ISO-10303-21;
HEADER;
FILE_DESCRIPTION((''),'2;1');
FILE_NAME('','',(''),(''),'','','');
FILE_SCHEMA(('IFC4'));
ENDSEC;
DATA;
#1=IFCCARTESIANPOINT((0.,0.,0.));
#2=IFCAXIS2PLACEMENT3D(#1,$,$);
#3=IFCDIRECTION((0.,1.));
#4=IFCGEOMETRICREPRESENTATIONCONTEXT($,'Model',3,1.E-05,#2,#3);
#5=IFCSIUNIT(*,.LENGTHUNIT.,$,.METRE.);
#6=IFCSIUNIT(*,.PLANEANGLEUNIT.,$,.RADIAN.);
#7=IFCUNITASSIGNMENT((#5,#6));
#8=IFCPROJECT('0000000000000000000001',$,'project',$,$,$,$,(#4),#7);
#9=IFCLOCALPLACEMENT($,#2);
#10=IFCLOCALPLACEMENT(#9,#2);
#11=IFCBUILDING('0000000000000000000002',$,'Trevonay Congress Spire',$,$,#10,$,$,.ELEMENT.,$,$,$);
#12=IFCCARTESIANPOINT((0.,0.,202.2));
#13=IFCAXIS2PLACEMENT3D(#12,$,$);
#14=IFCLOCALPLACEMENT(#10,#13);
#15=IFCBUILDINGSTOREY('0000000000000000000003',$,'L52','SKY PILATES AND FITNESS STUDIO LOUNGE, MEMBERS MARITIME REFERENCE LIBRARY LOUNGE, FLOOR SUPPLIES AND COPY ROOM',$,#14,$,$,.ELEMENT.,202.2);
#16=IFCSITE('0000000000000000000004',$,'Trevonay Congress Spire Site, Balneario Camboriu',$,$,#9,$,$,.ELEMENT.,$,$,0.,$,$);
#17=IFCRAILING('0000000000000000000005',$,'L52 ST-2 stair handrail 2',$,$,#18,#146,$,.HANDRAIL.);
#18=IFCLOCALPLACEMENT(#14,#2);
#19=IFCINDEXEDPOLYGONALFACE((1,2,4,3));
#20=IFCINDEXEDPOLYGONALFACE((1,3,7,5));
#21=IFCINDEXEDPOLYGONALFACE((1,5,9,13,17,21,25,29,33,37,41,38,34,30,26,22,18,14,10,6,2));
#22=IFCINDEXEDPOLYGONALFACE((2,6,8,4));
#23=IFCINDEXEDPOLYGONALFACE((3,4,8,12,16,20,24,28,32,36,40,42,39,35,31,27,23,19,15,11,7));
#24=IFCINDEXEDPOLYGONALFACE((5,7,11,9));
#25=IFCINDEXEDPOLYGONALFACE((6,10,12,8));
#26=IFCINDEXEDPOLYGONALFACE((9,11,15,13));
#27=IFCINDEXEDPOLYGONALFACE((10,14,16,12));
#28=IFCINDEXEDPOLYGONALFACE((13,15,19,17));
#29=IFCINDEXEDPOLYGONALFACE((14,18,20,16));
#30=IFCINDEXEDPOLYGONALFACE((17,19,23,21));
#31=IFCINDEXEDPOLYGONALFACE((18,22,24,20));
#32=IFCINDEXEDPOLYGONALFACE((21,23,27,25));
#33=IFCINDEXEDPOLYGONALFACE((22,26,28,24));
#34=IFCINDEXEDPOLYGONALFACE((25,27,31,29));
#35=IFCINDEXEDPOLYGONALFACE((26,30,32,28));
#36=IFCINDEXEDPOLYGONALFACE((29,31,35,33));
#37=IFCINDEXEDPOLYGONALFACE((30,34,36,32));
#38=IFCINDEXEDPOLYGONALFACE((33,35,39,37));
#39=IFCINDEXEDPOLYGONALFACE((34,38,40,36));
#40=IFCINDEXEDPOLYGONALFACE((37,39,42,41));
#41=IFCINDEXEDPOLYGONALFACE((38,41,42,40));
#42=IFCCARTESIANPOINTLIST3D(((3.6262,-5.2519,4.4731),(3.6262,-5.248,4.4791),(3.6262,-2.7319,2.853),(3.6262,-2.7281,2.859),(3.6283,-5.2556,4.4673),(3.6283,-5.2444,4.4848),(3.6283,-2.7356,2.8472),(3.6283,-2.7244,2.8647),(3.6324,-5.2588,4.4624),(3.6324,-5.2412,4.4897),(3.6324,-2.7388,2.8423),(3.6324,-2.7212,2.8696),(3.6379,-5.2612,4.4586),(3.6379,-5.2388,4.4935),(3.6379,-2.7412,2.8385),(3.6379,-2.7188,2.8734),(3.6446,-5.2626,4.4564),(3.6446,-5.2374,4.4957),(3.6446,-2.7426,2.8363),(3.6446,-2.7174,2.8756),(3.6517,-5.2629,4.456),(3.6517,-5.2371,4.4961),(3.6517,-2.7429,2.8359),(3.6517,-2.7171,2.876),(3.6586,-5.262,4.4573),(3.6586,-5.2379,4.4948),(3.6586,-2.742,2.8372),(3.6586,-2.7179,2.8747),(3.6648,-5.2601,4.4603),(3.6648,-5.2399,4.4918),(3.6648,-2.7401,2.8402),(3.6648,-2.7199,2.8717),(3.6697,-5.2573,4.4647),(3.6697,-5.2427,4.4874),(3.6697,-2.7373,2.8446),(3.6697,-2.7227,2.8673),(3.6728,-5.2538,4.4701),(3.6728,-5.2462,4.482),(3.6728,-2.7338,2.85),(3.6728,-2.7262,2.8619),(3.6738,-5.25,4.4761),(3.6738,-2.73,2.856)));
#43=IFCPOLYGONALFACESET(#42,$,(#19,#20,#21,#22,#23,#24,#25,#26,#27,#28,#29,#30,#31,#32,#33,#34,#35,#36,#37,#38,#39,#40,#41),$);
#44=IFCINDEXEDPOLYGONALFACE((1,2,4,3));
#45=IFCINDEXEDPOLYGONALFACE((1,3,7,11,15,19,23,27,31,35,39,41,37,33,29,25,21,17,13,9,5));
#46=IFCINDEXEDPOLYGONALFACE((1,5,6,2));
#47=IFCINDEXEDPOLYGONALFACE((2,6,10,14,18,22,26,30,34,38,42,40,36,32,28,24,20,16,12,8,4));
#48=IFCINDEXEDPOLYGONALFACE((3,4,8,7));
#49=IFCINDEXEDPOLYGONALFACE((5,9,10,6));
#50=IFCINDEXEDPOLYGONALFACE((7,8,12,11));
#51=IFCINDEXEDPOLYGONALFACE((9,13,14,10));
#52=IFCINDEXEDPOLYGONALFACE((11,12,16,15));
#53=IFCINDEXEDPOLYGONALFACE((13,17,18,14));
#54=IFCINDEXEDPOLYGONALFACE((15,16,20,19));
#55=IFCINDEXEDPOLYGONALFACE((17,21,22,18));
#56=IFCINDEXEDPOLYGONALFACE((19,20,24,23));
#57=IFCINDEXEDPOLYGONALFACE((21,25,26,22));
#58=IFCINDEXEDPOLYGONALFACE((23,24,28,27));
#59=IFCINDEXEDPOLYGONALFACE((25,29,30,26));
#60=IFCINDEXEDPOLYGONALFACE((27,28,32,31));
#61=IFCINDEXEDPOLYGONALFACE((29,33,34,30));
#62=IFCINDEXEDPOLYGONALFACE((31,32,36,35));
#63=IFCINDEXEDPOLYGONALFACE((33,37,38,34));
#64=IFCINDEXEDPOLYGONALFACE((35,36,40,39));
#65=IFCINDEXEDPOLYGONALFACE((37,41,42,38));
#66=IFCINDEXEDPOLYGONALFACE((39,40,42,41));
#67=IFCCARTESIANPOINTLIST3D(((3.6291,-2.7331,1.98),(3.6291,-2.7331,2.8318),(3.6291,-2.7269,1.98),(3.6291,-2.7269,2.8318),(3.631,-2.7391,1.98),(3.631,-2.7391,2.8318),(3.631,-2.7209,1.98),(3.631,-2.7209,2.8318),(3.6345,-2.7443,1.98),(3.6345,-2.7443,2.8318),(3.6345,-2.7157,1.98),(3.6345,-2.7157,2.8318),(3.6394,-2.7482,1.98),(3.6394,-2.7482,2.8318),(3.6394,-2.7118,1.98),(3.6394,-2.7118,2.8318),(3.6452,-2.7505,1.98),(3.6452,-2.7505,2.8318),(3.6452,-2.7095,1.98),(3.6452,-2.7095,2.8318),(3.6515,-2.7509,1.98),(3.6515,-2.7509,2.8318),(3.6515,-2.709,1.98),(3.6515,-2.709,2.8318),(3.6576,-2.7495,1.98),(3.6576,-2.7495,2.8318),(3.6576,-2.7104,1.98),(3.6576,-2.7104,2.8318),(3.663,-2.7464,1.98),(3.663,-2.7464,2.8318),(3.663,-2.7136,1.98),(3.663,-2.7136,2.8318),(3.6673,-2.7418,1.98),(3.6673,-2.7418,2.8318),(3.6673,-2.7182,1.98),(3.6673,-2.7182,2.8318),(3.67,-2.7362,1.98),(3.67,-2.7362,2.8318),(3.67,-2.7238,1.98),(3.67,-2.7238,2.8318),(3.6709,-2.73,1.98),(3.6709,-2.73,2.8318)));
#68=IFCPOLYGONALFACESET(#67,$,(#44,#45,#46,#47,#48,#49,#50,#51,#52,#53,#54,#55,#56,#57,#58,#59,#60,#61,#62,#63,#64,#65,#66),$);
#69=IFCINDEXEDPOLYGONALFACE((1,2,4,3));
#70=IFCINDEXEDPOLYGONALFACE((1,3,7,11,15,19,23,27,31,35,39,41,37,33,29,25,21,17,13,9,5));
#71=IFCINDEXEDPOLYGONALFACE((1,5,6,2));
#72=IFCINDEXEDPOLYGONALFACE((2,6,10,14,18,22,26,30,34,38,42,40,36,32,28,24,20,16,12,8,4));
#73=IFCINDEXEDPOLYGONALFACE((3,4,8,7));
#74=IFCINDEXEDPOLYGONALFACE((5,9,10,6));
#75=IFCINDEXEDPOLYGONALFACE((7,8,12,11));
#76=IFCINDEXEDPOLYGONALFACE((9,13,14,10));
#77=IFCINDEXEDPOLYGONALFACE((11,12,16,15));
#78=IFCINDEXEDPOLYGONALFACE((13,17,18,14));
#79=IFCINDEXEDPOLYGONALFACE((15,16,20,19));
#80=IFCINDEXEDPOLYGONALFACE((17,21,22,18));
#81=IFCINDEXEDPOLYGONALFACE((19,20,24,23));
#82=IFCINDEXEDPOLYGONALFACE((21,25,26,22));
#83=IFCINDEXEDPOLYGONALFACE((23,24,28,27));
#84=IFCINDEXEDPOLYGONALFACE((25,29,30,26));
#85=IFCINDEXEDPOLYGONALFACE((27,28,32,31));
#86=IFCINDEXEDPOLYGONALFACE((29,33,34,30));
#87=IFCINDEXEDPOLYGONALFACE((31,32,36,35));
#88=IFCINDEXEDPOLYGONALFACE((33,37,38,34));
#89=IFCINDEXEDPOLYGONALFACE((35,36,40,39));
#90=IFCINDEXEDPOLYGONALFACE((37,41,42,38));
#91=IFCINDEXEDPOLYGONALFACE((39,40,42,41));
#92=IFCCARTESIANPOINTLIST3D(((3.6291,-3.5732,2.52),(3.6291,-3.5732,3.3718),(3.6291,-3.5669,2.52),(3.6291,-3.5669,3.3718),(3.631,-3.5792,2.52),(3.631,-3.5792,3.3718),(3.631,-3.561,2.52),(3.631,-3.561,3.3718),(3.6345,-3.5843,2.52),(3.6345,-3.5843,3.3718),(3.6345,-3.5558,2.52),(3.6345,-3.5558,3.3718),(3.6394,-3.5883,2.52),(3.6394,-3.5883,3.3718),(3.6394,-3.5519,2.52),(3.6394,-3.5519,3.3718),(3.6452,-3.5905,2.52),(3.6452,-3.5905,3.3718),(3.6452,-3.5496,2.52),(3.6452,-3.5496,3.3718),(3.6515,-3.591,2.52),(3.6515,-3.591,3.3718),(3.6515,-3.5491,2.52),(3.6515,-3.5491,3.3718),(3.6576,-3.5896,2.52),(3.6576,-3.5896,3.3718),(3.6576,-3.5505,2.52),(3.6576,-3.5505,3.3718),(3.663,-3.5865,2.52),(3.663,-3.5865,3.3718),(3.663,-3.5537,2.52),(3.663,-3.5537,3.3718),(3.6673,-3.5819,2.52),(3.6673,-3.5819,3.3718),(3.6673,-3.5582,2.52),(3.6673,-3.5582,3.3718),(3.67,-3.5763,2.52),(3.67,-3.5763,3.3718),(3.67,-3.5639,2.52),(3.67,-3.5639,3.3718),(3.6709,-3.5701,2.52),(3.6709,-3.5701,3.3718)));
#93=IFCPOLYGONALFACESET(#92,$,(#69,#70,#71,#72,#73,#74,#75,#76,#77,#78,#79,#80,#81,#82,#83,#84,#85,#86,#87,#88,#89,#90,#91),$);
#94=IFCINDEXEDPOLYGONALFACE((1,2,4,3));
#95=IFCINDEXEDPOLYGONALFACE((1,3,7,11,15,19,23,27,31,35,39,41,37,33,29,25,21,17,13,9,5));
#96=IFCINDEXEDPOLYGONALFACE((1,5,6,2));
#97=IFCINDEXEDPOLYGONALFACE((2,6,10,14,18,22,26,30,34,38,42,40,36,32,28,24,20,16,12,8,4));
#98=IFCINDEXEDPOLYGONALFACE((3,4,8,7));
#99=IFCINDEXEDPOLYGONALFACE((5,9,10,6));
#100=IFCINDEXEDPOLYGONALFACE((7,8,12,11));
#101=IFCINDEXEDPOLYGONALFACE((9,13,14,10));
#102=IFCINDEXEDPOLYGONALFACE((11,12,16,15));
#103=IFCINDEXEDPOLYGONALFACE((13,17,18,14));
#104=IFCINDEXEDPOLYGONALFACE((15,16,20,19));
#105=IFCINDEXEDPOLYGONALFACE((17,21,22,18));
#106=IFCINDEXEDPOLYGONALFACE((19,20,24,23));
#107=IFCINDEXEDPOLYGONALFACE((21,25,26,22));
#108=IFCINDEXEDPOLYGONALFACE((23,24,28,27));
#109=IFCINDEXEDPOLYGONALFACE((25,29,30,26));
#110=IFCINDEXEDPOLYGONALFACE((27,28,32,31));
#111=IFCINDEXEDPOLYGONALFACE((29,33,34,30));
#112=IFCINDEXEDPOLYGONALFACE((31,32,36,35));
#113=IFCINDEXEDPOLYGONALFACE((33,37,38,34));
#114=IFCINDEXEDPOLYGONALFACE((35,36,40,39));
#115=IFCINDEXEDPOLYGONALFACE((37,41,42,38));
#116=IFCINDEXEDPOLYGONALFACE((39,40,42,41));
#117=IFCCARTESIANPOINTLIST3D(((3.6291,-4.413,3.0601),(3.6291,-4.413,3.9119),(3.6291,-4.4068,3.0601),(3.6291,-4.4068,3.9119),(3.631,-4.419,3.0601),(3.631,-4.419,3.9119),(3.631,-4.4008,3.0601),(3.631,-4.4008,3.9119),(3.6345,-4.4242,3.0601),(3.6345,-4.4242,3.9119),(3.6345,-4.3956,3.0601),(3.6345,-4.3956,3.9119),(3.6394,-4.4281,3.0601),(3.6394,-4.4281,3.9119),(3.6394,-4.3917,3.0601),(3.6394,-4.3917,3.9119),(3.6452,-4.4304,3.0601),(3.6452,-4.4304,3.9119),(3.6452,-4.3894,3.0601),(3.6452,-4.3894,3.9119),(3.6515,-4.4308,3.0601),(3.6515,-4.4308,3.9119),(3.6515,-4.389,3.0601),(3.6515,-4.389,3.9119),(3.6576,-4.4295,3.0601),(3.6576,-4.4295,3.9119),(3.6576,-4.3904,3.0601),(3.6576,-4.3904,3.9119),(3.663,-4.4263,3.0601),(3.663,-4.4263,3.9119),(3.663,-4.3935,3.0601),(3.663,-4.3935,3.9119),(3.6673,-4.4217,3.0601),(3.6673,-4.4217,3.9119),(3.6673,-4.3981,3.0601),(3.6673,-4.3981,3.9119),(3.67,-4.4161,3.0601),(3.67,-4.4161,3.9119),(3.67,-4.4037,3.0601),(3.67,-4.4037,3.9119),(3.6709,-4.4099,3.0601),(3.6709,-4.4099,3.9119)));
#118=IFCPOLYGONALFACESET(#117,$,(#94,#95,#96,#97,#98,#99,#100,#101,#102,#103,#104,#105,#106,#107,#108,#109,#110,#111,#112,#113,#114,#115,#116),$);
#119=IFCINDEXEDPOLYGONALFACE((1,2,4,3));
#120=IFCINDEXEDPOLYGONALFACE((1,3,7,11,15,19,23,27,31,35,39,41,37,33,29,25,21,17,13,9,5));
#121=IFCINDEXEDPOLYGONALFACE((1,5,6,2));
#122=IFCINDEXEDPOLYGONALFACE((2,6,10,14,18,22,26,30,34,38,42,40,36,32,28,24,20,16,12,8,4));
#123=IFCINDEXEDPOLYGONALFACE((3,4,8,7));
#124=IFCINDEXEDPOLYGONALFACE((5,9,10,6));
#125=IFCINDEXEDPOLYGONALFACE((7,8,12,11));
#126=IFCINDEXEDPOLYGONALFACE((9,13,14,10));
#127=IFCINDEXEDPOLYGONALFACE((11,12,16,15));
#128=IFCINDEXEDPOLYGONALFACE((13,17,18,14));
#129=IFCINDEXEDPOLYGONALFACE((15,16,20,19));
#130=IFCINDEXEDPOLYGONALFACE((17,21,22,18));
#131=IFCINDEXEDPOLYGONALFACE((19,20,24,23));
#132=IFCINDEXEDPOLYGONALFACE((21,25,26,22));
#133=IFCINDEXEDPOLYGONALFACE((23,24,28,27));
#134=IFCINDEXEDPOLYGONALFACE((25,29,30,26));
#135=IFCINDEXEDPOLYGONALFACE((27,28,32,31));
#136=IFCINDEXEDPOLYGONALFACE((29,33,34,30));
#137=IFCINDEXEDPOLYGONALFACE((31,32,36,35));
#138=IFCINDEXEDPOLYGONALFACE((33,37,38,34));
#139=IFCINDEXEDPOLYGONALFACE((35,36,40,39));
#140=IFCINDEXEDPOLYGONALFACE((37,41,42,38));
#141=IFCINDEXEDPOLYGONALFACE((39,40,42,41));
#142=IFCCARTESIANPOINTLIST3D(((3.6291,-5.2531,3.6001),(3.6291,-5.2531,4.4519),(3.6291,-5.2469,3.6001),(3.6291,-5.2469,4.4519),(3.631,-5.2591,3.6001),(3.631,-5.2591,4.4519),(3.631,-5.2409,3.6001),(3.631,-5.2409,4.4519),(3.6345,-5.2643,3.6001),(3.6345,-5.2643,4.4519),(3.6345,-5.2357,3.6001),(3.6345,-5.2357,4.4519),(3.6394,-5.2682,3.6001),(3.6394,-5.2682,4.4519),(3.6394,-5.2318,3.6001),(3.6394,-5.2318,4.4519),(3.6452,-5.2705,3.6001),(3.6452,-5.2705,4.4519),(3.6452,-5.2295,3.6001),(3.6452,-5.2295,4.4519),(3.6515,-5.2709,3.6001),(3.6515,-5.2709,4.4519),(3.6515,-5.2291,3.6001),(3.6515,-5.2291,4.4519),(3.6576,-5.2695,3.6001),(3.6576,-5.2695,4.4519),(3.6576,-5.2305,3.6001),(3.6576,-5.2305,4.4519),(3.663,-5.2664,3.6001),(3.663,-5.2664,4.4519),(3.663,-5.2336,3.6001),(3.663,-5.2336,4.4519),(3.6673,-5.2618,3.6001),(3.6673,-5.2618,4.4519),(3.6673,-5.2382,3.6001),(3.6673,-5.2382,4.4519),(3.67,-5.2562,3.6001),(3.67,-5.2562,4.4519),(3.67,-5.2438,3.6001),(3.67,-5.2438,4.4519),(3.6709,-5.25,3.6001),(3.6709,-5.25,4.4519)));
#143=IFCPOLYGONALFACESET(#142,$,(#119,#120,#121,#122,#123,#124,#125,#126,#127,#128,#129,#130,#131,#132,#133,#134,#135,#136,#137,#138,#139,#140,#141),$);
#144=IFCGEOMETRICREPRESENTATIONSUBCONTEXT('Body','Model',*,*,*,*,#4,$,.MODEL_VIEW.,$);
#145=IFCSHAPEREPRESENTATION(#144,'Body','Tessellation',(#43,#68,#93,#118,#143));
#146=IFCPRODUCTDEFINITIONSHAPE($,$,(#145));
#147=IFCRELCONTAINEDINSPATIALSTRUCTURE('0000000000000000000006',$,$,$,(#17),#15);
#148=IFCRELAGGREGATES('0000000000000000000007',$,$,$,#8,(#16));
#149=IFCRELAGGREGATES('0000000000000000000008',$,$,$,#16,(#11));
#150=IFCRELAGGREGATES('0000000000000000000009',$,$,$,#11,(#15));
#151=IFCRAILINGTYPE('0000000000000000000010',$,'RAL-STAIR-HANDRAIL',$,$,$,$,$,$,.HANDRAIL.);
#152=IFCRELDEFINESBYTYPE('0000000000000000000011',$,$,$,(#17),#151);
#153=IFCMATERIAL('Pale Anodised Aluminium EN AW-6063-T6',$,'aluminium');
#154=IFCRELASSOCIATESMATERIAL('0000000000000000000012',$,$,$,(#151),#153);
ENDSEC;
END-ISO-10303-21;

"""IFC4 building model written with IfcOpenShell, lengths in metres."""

from ifc_helpers import new_model, si_unit, direction, frame, origin, origin_2d, place, context, subcontext, project, spatial, circle, extrude, material, type_object, element, save


model = new_model("IFC4")

# Units and contexts
model_context = context("Model", 3, precision=1e-05, world=origin(), true_north=direction((0.0, 1.0)))
body_context = subcontext(model_context, "Body", "Model", "MODEL_VIEW")
ifc_project = project(units=[si_unit("LENGTHUNIT", "METRE"), si_unit("PLANEANGLEUNIT", "RADIAN")], contexts=[model_context])

# Site, building, storey
site_placement = place(None, origin())
site = spatial("IfcSite", under=ifc_project, at=site_placement, Name="Trevonay Congress Spire Site, Balneario Camboriu", CompositionType="ELEMENT", RefElevation=0.0)
building_placement = place(site_placement, origin())
building = spatial("IfcBuilding", under=site, at=building_placement, Name="Trevonay Congress Spire", CompositionType="ELEMENT")
storey_placement = place(building_placement, frame((0.0, 0.0, 202.2)))
storey = spatial("IfcBuildingStorey", under=building, at=storey_placement, Name="L52", Description="SKY PILATES AND FITNESS STUDIO LOUNGE, MEMBERS MARITIME REFERENCE LIBRARY LOUNGE, FLOOR SUPPLIES AND COPY ROOM", CompositionType="ELEMENT", Elevation=202.2)

# Shared definitions
ifc_material_1 = material(Name="Pale Anodised Aluminium EN AW-6063-T6", Category="aluminium")

# Railing
railing_type_1 = type_object("IfcRailingType", Name="RAL-STAIR-HANDRAIL", PredefinedType="HANDRAIL", material=ifc_material_1)
railing_1_placement = place(storey_placement, frame((3.6499, -2.73, 1.98)))
element("IfcRailing", 1, at=railing_1_placement, inside=storey, type_object=railing_type_1, Name="L52 ST-2 stair handrail 2", PredefinedType="HANDRAIL", context=body_context, shape_type="SweptSolid", body=[
    extrude(circle(Radius=0.0239, at=origin_2d()), frame((0.0, 0.0, 0.876), z_axis=(0.0, -0.841163, 0.540782), x_axis=(1.0, 0.0, 0.0)), (0.0, 0.0, 1.0), 2.9958),
    extrude(circle(Radius=0.021, at=origin_2d()), origin(), (0.0, 0.0, 1.0), 0.8518),
    extrude(circle(Radius=0.021, at=origin_2d()), frame((0.0, -0.8401, 0.54)), (0.0, 0.0, 1.0), 0.8518),
    extrude(circle(Radius=0.021, at=origin_2d()), frame((0.0, -1.6799, 1.0801)), (0.0, 0.0, 1.0), 0.8518),
    extrude(circle(Radius=0.021, at=origin_2d()), frame((0.0, -2.52, 1.6201)), (0.0, 0.0, 1.0), 0.8518),
])

save(model, "model.ifc")
